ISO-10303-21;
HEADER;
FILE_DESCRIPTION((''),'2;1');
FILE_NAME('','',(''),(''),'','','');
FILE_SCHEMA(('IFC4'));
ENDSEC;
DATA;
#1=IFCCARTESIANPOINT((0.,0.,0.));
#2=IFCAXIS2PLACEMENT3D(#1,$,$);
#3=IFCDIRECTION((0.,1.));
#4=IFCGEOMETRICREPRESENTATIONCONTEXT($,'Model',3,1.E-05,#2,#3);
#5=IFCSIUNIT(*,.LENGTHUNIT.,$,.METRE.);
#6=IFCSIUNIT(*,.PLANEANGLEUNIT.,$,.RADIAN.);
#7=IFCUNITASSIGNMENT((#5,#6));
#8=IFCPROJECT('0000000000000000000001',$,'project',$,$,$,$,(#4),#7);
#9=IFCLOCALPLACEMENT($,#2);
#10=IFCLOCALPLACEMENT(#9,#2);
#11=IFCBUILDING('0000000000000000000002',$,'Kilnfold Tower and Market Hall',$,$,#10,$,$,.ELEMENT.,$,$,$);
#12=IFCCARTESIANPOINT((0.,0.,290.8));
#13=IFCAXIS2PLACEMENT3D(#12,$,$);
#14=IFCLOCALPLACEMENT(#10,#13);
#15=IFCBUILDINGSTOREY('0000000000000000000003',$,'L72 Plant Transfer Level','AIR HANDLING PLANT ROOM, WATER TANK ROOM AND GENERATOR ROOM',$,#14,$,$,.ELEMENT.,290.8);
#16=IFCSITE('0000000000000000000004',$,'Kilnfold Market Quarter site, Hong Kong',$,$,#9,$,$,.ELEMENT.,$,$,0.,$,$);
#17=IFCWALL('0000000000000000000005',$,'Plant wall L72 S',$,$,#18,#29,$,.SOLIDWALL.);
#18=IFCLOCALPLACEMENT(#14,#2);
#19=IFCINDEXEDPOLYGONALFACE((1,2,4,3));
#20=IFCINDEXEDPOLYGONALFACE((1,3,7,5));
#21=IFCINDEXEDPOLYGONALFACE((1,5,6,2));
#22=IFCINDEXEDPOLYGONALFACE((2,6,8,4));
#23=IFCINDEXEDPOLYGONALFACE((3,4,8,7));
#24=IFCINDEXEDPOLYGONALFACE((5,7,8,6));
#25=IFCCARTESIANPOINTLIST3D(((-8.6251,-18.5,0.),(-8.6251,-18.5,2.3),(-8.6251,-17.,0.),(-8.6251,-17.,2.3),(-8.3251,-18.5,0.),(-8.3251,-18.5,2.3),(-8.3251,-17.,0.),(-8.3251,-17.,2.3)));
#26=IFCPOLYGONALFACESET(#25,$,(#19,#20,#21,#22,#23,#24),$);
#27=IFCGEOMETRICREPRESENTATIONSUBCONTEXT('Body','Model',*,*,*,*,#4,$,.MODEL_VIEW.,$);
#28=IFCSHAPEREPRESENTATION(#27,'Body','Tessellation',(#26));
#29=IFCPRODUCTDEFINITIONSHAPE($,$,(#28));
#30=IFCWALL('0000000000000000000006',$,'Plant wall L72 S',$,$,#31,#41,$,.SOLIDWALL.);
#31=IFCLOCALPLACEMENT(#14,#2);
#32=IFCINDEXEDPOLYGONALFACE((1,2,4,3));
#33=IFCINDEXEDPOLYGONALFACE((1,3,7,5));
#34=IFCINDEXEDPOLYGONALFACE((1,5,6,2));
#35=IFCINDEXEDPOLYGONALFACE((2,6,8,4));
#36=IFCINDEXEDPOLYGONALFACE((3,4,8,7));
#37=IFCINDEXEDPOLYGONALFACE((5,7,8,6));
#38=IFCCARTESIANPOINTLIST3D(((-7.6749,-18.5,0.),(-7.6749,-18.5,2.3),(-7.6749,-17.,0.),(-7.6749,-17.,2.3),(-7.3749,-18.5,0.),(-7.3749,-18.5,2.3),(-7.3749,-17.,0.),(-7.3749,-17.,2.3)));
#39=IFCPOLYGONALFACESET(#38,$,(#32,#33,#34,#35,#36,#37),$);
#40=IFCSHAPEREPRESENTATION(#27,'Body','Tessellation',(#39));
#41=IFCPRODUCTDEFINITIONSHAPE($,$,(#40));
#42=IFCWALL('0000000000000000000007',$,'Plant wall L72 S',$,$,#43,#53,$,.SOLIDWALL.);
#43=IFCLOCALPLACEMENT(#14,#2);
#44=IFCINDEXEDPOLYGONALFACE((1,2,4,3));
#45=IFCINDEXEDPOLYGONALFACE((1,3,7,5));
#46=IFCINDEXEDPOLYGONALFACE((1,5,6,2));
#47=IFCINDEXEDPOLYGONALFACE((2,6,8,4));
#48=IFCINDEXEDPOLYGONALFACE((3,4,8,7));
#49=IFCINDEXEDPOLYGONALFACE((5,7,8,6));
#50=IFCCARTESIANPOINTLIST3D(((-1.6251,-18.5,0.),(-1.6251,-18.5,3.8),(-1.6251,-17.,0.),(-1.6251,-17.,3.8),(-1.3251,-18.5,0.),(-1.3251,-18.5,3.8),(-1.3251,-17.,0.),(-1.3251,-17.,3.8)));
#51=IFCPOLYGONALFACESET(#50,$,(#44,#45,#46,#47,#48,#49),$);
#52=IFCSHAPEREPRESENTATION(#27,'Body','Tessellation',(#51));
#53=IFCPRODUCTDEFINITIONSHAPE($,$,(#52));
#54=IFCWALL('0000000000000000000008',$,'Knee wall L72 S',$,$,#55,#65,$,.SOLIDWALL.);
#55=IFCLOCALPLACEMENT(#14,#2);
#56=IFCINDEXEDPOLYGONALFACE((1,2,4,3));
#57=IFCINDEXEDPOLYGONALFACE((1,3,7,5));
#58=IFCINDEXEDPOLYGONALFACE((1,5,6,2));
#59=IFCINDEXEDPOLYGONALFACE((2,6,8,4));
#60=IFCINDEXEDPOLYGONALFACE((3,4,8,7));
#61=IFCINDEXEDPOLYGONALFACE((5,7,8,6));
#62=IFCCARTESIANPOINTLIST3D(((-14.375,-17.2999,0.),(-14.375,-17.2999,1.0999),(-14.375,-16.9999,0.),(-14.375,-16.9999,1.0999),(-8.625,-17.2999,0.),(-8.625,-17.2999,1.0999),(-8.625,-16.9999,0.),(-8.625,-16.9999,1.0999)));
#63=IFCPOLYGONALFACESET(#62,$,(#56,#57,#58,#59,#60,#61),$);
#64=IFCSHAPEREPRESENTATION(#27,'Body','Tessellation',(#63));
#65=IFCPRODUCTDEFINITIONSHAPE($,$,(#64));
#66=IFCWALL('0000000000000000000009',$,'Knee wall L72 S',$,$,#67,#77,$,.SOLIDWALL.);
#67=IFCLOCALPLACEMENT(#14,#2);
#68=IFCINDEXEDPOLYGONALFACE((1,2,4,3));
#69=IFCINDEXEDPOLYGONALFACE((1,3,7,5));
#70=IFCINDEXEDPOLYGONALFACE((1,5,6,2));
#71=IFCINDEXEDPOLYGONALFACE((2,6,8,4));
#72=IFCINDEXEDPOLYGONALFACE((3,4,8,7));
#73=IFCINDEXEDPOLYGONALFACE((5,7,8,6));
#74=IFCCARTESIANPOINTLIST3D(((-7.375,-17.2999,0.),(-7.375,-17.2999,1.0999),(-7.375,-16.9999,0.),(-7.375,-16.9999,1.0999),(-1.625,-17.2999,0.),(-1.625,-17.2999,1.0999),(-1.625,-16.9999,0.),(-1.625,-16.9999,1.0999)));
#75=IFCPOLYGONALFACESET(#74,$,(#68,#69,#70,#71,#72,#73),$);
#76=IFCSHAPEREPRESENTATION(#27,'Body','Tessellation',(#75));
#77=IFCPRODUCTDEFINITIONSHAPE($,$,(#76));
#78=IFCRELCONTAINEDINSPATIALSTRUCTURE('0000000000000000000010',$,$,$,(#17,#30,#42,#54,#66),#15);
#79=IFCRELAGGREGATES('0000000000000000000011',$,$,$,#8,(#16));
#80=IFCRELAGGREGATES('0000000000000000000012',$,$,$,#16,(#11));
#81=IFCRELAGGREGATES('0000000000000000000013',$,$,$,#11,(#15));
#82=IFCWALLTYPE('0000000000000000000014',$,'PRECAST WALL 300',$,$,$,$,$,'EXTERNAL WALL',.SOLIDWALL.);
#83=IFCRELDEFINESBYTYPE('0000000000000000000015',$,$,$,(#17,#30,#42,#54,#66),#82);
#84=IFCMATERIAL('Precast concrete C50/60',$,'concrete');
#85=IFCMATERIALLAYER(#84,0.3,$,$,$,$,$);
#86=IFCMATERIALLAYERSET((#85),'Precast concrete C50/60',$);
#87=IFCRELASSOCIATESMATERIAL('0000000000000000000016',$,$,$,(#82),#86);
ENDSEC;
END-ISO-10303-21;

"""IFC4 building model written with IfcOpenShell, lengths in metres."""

from ifc_helpers import new_model, si_unit, direction, frame, frame_2d, origin, place, context, subcontext, project, spatial, rectangle, extrude, source, transform, mapped, material, layer, layer_set, type_object, element, save


model = new_model("IFC4")

# Units and contexts
model_context = context("Model", 3, precision=1e-05, world=origin(), true_north=direction((0.0, 1.0)))
body_context = subcontext(model_context, "Body", "Model", "MODEL_VIEW")
ifc_project = project(units=[si_unit("LENGTHUNIT", "METRE"), si_unit("PLANEANGLEUNIT", "RADIAN")], contexts=[model_context])

# Site, building, storey
site_placement = place(None, origin())
site = spatial("IfcSite", under=ifc_project, at=site_placement, Name="Kilnfold Market Quarter site, Hong Kong", CompositionType="ELEMENT", RefElevation=0.0)
building_placement = place(site_placement, origin())
building = spatial("IfcBuilding", under=site, at=building_placement, Name="Kilnfold Tower and Market Hall", CompositionType="ELEMENT")
storey_placement = place(building_placement, frame((0.0, 0.0, 290.8)))
storey = spatial("IfcBuildingStorey", under=building, at=storey_placement, Name="L72 Plant Transfer Level", Description="AIR HANDLING PLANT ROOM, WATER TANK ROOM AND GENERATOR ROOM", CompositionType="ELEMENT", Elevation=290.8)

# Walls
ifc_material_1 = material(Name="Precast concrete C50/60", Category="concrete")
ifc_layer_1 = layer(ifc_material_1, 0.3)
ifc_layer_set_1 = layer_set([ifc_layer_1], Name="Precast concrete C50/60")
wall_type_1 = type_object("IfcWallType", Name="PRECAST WALL 300", ElementType="EXTERNAL WALL", PredefinedType="SOLIDWALL", material=ifc_layer_set_1)
shared_shape_1 = source(origin(), body_context, "Body", "SweptSolid", [
    extrude(rectangle(XDim=1.5, YDim=0.3, at=frame_2d((0.75, 0.0))), origin(), (0.0, 0.0, 1.0), 2.3),
])
for number, where, z_axis, x_axis, name in (
    (1, (-8.4751, -18.5, 0.0), (0.0, 0.0, 1.0), (0.0, 1.0, 0.0), "Plant wall L72 S"),
    (2, (-7.5249, -18.5, 0.0), (0.0, 0.0, 1.0), (0.0, 1.0, 0.0), "Plant wall L72 S"),
):
    element("IfcWall", number, at=place(storey_placement, frame(where, z_axis=z_axis, x_axis=x_axis)), inside=storey, type_object=wall_type_1, Name=name, PredefinedType="SOLIDWALL", context=body_context, shape_type="MappedRepresentation", body=[
        mapped(shared_shape_1, transform((0.0, 0.0, 0.0))),
    ])
shared_shape_2 = source(origin(), body_context, "Body", "SweptSolid", [
    extrude(rectangle(XDim=1.5, YDim=0.3, at=frame_2d((0.75, 0.0))), origin(), (0.0, 0.0, 1.0), 3.8),
])
wall_1_placement = place(storey_placement, frame((-1.4751, -18.5, 0.0), z_axis=(0.0, 0.0, 1.0), x_axis=(0.0, 1.0, 0.0)))
element("IfcWall", 3, at=wall_1_placement, inside=storey, type_object=wall_type_1, Name="Plant wall L72 S", PredefinedType="SOLIDWALL", context=body_context, shape_type="MappedRepresentation", body=[
    mapped(shared_shape_2, transform((0.0, 0.0, 0.0))),
])
shared_shape_3 = source(origin(), body_context, "Body", "SweptSolid", [
    extrude(rectangle(XDim=5.75, YDim=0.3, at=frame_2d((2.875, 0.0))), origin(), (0.0, 0.0, 1.0), 1.0999),
])
for number, where, z_axis, x_axis, name in (
    (4, (-14.375, -17.1499, 0.0), (0.0, 0.0, 1.0), (1.0, 0.0, 0.0), "Knee wall L72 S"),
    (5, (-7.375, -17.1499, 0.0), (0.0, 0.0, 1.0), (1.0, 0.0, 0.0), "Knee wall L72 S"),
):
    element("IfcWall", number, at=place(storey_placement, frame(where, z_axis=z_axis, x_axis=x_axis)), inside=storey, type_object=wall_type_1, Name=name, PredefinedType="SOLIDWALL", context=body_context, shape_type="MappedRepresentation", body=[
        mapped(shared_shape_3, transform((0.0, 0.0, 0.0))),
    ])

save(model, "model.ifc")
